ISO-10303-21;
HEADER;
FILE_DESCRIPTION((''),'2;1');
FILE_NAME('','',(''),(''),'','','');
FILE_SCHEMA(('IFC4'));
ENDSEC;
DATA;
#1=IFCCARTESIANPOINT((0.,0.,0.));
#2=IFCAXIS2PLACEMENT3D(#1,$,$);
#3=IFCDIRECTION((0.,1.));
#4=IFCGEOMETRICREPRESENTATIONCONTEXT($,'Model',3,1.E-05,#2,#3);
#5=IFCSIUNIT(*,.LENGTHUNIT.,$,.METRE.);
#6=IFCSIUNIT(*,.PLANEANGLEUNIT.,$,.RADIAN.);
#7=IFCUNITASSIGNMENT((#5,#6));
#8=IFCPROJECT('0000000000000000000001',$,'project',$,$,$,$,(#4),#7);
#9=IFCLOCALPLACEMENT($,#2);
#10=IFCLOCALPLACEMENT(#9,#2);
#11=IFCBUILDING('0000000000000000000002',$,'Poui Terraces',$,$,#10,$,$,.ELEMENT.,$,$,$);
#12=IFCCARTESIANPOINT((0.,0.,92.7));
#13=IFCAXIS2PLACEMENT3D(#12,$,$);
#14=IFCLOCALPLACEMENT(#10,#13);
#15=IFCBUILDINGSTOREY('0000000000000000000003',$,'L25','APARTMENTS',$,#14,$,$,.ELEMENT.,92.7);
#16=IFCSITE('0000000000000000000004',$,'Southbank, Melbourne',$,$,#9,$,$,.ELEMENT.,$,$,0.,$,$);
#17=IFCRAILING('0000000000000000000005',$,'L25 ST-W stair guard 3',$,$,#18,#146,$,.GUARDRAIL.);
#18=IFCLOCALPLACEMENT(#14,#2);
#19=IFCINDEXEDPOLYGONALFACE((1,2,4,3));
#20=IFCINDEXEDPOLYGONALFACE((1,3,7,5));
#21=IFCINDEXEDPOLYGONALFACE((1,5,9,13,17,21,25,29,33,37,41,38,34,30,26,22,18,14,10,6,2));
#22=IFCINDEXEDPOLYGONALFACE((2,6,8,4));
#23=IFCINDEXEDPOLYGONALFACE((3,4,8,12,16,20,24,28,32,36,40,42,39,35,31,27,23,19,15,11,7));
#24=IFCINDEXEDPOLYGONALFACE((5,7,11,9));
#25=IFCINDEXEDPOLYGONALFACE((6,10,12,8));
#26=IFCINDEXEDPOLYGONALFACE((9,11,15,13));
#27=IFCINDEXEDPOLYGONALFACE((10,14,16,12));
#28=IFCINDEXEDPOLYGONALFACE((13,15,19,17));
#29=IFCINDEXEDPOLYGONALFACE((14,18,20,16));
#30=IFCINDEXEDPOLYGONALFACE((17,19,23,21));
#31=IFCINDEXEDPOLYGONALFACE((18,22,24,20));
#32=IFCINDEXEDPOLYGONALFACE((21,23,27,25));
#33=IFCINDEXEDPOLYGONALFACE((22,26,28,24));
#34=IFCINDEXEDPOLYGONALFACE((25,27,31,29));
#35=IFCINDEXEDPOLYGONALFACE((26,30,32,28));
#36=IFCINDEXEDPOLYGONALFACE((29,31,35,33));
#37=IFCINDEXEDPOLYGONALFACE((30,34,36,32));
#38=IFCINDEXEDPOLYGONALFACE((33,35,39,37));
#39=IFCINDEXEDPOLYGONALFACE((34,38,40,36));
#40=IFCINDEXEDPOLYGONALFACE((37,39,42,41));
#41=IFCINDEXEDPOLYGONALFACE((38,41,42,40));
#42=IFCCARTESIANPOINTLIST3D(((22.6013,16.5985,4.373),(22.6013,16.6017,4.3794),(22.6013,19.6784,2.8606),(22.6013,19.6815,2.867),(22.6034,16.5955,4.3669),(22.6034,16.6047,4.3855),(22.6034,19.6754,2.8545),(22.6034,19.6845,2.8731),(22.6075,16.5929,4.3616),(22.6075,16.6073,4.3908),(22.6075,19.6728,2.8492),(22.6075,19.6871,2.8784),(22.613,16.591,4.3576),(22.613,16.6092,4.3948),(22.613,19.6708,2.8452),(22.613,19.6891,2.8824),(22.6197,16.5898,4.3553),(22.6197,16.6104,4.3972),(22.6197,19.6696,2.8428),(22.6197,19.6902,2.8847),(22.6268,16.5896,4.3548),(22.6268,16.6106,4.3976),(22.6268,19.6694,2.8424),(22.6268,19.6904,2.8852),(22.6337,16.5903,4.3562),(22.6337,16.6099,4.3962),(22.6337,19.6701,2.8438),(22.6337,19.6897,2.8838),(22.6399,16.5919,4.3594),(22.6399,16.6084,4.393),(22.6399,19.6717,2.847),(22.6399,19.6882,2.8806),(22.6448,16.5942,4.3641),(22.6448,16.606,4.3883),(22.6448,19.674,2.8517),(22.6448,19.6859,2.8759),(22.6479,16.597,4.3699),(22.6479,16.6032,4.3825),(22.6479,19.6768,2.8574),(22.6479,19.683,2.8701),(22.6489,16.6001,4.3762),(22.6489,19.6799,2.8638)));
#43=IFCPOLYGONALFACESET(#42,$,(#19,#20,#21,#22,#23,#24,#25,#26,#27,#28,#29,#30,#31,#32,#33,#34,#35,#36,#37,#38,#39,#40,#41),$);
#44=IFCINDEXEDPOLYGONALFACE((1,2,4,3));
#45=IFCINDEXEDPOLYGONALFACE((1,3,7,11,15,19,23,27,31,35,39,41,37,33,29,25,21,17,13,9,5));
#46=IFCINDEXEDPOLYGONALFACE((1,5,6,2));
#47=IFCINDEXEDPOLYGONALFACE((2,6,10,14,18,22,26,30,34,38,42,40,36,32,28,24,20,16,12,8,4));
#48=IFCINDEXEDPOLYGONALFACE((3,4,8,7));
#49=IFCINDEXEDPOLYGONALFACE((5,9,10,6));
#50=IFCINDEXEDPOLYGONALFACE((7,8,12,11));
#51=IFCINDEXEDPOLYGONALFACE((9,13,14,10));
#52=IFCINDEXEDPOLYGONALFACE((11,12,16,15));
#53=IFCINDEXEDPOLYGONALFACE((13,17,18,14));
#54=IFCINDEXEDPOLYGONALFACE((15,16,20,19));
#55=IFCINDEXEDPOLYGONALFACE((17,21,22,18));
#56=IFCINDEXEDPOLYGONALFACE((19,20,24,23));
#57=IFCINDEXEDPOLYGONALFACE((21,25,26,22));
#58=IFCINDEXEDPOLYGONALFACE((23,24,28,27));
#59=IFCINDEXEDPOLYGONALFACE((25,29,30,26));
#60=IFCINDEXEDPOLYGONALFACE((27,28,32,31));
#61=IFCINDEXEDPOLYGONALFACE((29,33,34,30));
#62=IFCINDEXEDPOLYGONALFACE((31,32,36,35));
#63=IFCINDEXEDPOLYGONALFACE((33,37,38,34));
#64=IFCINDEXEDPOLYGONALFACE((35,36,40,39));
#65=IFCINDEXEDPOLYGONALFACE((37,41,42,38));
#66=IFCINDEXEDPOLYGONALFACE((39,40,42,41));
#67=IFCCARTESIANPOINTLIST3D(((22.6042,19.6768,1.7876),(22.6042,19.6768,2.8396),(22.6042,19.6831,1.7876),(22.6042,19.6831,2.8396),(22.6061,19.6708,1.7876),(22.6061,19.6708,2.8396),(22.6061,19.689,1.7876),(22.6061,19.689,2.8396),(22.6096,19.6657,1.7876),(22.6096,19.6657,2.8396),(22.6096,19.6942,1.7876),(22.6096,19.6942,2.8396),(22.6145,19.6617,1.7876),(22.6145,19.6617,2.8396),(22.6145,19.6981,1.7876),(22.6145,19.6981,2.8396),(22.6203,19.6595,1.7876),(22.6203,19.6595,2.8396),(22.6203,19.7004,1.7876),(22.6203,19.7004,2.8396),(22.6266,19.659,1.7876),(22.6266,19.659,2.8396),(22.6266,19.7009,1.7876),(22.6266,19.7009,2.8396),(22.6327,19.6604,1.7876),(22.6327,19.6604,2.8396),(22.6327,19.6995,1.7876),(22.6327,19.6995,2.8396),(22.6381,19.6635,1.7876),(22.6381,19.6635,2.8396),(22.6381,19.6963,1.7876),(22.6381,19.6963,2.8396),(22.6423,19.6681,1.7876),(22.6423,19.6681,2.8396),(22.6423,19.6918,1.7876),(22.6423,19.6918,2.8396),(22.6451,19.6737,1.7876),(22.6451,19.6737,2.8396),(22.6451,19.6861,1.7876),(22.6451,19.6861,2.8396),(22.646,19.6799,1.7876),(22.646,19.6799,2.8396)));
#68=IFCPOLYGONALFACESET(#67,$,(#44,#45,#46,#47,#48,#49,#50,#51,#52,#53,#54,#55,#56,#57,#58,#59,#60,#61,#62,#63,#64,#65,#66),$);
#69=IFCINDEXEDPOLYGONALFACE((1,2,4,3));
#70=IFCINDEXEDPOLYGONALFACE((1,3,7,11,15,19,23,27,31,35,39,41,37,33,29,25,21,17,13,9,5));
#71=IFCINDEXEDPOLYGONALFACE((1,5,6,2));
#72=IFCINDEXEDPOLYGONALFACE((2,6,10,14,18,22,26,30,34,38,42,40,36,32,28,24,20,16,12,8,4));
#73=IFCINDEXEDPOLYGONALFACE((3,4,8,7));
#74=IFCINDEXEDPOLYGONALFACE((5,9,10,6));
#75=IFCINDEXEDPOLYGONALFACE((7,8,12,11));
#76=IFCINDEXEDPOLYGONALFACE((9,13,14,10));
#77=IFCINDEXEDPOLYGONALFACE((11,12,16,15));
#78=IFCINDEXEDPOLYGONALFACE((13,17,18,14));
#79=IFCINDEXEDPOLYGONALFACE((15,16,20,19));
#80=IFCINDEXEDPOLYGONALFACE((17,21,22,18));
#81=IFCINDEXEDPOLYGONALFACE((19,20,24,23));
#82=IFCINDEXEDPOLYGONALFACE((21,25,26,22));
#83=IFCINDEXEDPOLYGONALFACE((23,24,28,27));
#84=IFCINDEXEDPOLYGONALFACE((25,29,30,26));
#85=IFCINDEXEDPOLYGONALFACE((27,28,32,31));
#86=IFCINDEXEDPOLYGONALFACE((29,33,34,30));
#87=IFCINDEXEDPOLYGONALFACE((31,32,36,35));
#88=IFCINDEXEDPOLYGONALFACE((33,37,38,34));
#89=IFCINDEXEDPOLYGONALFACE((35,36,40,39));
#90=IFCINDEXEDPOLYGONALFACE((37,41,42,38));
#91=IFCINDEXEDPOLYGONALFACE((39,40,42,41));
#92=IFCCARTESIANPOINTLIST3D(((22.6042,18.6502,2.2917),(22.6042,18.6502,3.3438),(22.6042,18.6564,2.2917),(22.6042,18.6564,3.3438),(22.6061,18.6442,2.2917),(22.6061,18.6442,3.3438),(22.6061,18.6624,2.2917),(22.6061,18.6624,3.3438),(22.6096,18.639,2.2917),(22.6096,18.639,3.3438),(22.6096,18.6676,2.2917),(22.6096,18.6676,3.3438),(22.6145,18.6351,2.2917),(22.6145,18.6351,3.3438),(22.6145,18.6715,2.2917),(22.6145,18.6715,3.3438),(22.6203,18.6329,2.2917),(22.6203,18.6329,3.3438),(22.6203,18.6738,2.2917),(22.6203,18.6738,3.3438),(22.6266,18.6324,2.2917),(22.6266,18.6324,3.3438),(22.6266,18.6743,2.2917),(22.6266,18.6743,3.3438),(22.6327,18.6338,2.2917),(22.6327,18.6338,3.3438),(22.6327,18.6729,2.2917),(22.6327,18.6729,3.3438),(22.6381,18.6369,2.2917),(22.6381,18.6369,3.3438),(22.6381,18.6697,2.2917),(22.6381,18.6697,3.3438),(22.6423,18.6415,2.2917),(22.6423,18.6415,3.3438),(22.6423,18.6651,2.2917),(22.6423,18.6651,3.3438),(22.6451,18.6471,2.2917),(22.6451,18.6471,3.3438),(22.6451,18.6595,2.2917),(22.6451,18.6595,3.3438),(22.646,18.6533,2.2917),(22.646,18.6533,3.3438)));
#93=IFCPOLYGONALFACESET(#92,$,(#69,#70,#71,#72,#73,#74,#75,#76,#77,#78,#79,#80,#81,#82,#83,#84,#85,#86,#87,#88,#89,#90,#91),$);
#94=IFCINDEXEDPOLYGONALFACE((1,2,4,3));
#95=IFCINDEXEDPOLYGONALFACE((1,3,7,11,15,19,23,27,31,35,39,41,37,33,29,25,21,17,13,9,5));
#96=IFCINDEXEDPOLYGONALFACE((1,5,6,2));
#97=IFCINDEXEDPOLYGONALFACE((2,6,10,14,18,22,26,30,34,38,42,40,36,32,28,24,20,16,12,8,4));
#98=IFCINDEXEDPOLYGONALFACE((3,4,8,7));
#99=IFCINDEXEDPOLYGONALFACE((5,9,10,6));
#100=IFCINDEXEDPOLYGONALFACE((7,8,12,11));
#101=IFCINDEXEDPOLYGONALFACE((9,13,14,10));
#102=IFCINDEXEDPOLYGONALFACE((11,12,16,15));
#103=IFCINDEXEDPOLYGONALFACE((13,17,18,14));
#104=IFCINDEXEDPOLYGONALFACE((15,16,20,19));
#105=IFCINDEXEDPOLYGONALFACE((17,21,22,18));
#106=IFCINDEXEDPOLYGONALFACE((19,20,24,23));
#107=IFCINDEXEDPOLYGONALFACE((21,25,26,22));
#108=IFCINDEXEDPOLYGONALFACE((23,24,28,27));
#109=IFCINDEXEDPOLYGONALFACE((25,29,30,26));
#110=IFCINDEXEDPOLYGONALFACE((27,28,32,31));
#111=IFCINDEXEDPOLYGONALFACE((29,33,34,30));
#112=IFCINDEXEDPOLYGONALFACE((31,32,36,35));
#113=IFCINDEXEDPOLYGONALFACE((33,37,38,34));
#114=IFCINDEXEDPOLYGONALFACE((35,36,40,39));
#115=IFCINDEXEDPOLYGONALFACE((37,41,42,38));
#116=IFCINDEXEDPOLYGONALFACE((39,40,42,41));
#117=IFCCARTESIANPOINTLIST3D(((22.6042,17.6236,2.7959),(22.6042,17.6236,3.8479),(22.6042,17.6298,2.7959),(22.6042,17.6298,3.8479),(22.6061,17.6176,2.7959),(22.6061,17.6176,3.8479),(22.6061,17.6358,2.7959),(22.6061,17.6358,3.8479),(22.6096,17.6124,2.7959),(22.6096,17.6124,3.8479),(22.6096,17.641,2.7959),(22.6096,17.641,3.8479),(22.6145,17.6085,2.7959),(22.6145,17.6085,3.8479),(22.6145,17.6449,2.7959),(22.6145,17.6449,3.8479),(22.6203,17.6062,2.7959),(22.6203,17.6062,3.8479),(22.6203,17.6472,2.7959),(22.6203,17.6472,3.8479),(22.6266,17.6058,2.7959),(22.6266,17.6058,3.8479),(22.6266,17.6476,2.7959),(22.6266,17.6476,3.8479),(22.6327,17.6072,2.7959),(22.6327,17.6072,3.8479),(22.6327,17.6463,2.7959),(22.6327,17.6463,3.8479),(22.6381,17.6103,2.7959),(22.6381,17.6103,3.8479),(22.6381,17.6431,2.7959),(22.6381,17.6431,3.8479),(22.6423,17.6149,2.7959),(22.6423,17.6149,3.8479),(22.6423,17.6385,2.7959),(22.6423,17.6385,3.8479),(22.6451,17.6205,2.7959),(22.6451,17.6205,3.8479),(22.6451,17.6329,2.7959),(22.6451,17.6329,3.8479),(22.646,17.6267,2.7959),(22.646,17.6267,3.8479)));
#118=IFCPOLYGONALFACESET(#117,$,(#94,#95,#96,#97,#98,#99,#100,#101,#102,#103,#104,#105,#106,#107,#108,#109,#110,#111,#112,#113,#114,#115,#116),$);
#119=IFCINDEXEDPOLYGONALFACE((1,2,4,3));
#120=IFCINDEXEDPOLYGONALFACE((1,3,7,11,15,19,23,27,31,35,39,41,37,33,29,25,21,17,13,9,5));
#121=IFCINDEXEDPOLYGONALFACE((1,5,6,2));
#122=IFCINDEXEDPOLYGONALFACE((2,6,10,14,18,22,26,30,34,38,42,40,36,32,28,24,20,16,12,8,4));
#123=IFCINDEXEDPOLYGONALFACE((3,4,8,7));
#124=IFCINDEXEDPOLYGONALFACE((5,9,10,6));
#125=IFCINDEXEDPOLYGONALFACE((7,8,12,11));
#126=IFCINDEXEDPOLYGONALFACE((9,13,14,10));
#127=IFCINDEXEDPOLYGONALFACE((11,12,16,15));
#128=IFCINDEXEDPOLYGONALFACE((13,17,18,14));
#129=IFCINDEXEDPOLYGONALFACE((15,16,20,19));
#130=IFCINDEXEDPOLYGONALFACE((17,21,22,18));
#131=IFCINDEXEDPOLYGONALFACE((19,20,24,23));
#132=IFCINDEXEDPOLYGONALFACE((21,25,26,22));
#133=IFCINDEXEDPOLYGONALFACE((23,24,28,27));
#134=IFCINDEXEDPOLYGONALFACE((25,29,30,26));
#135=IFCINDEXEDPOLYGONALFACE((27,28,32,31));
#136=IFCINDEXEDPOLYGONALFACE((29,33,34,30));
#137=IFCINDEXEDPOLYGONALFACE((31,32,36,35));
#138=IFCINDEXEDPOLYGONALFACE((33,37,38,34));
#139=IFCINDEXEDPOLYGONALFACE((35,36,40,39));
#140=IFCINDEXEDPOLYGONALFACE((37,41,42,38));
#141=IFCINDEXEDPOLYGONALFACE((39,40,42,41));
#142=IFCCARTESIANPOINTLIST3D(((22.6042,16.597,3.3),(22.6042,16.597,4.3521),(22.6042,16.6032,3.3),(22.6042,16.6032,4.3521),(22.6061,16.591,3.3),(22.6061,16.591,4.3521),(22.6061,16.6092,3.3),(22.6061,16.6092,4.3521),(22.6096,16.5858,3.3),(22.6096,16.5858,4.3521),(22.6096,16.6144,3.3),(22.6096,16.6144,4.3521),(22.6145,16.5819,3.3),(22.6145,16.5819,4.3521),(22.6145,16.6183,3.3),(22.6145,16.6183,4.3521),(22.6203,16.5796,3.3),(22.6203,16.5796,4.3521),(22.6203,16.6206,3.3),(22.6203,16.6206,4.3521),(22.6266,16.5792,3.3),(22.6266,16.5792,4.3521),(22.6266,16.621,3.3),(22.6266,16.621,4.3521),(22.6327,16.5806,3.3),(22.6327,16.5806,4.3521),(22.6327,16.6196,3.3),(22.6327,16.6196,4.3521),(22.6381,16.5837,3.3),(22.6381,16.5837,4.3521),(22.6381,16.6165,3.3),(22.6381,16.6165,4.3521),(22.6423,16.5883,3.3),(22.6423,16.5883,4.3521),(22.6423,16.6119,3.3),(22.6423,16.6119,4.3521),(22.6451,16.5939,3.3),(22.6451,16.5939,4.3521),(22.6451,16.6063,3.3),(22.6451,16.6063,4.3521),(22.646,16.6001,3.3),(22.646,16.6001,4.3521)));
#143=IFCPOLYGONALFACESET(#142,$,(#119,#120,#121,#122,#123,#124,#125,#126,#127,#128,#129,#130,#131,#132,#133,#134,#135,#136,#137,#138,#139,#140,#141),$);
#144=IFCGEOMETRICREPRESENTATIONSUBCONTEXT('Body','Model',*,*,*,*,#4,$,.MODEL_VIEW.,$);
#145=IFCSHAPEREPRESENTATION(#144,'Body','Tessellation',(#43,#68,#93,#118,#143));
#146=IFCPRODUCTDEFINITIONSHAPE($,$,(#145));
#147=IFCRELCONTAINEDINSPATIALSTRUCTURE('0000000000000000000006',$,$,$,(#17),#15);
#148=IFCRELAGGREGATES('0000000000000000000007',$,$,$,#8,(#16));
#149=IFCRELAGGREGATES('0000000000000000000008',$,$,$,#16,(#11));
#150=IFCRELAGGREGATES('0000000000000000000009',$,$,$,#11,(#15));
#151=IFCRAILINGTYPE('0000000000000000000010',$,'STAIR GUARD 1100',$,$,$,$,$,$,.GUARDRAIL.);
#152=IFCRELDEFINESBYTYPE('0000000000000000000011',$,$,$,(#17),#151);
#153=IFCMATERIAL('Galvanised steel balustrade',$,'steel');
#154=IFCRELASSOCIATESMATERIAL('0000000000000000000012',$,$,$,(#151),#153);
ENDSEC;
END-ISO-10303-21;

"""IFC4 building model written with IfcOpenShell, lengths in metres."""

from ifc_helpers import new_model, si_unit, direction, frame, origin, origin_2d, place, context, subcontext, project, spatial, circle, extrude, material, type_object, element, save


model = new_model("IFC4")

# Units and contexts
model_context = context("Model", 3, precision=1e-05, world=origin(), true_north=direction((0.0, 1.0)))
body_context = subcontext(model_context, "Body", "Model", "MODEL_VIEW")
ifc_project = project(units=[si_unit("LENGTHUNIT", "METRE"), si_unit("PLANEANGLEUNIT", "RADIAN")], contexts=[model_context])

# Site, building, storey
site_placement = place(None, origin())
site = spatial("IfcSite", under=ifc_project, at=site_placement, Name="Southbank, Melbourne", CompositionType="ELEMENT", RefElevation=0.0)
building_placement = place(site_placement, origin())
building = spatial("IfcBuilding", under=site, at=building_placement, Name="Poui Terraces", CompositionType="ELEMENT")
storey_placement = place(building_placement, frame((0.0, 0.0, 92.7)))
storey = spatial("IfcBuildingStorey", under=building, at=storey_placement, Name="L25", Description="APARTMENTS", CompositionType="ELEMENT", Elevation=92.7)

# Railing
ifc_material_1 = material(Name="Galvanised steel balustrade", Category="steel")
railing_type_1 = type_object("IfcRailingType", Name="STAIR GUARD 1100", PredefinedType="GUARDRAIL", material=ifc_material_1)
railing_1_placement = place(storey_placement, frame((22.625, 19.6799, 1.7876)))
element("IfcRailing", 1, at=railing_1_placement, inside=storey, type_object=railing_type_1, Name="L25 ST-W stair guard 3", PredefinedType="GUARDRAIL", context=body_context, shape_type="SweptSolid", body=[
    extrude(circle(Radius=0.0239, at=origin_2d()), frame((0.0, 0.0, 1.0762), z_axis=(0.0, -0.897606, 0.440798), x_axis=(1.0, 0.0, 0.0)), (0.0, 0.0, 1.0), 3.4312),
    extrude(circle(Radius=0.021, at=origin_2d()), origin(), (0.0, 0.0, 1.0), 1.052),
    extrude(circle(Radius=0.021, at=origin_2d()), frame((0.0, -1.0266, 0.5042)), (0.0, 0.0, 1.0), 1.052),
    extrude(circle(Radius=0.021, at=origin_2d()), frame((0.0, -2.0532, 1.0083)), (0.0, 0.0, 1.0), 1.052),
    extrude(circle(Radius=0.021, at=origin_2d()), frame((0.0, -3.0798, 1.5125)), (0.0, 0.0, 1.0), 1.052),
])

save(model, "model.ifc")
